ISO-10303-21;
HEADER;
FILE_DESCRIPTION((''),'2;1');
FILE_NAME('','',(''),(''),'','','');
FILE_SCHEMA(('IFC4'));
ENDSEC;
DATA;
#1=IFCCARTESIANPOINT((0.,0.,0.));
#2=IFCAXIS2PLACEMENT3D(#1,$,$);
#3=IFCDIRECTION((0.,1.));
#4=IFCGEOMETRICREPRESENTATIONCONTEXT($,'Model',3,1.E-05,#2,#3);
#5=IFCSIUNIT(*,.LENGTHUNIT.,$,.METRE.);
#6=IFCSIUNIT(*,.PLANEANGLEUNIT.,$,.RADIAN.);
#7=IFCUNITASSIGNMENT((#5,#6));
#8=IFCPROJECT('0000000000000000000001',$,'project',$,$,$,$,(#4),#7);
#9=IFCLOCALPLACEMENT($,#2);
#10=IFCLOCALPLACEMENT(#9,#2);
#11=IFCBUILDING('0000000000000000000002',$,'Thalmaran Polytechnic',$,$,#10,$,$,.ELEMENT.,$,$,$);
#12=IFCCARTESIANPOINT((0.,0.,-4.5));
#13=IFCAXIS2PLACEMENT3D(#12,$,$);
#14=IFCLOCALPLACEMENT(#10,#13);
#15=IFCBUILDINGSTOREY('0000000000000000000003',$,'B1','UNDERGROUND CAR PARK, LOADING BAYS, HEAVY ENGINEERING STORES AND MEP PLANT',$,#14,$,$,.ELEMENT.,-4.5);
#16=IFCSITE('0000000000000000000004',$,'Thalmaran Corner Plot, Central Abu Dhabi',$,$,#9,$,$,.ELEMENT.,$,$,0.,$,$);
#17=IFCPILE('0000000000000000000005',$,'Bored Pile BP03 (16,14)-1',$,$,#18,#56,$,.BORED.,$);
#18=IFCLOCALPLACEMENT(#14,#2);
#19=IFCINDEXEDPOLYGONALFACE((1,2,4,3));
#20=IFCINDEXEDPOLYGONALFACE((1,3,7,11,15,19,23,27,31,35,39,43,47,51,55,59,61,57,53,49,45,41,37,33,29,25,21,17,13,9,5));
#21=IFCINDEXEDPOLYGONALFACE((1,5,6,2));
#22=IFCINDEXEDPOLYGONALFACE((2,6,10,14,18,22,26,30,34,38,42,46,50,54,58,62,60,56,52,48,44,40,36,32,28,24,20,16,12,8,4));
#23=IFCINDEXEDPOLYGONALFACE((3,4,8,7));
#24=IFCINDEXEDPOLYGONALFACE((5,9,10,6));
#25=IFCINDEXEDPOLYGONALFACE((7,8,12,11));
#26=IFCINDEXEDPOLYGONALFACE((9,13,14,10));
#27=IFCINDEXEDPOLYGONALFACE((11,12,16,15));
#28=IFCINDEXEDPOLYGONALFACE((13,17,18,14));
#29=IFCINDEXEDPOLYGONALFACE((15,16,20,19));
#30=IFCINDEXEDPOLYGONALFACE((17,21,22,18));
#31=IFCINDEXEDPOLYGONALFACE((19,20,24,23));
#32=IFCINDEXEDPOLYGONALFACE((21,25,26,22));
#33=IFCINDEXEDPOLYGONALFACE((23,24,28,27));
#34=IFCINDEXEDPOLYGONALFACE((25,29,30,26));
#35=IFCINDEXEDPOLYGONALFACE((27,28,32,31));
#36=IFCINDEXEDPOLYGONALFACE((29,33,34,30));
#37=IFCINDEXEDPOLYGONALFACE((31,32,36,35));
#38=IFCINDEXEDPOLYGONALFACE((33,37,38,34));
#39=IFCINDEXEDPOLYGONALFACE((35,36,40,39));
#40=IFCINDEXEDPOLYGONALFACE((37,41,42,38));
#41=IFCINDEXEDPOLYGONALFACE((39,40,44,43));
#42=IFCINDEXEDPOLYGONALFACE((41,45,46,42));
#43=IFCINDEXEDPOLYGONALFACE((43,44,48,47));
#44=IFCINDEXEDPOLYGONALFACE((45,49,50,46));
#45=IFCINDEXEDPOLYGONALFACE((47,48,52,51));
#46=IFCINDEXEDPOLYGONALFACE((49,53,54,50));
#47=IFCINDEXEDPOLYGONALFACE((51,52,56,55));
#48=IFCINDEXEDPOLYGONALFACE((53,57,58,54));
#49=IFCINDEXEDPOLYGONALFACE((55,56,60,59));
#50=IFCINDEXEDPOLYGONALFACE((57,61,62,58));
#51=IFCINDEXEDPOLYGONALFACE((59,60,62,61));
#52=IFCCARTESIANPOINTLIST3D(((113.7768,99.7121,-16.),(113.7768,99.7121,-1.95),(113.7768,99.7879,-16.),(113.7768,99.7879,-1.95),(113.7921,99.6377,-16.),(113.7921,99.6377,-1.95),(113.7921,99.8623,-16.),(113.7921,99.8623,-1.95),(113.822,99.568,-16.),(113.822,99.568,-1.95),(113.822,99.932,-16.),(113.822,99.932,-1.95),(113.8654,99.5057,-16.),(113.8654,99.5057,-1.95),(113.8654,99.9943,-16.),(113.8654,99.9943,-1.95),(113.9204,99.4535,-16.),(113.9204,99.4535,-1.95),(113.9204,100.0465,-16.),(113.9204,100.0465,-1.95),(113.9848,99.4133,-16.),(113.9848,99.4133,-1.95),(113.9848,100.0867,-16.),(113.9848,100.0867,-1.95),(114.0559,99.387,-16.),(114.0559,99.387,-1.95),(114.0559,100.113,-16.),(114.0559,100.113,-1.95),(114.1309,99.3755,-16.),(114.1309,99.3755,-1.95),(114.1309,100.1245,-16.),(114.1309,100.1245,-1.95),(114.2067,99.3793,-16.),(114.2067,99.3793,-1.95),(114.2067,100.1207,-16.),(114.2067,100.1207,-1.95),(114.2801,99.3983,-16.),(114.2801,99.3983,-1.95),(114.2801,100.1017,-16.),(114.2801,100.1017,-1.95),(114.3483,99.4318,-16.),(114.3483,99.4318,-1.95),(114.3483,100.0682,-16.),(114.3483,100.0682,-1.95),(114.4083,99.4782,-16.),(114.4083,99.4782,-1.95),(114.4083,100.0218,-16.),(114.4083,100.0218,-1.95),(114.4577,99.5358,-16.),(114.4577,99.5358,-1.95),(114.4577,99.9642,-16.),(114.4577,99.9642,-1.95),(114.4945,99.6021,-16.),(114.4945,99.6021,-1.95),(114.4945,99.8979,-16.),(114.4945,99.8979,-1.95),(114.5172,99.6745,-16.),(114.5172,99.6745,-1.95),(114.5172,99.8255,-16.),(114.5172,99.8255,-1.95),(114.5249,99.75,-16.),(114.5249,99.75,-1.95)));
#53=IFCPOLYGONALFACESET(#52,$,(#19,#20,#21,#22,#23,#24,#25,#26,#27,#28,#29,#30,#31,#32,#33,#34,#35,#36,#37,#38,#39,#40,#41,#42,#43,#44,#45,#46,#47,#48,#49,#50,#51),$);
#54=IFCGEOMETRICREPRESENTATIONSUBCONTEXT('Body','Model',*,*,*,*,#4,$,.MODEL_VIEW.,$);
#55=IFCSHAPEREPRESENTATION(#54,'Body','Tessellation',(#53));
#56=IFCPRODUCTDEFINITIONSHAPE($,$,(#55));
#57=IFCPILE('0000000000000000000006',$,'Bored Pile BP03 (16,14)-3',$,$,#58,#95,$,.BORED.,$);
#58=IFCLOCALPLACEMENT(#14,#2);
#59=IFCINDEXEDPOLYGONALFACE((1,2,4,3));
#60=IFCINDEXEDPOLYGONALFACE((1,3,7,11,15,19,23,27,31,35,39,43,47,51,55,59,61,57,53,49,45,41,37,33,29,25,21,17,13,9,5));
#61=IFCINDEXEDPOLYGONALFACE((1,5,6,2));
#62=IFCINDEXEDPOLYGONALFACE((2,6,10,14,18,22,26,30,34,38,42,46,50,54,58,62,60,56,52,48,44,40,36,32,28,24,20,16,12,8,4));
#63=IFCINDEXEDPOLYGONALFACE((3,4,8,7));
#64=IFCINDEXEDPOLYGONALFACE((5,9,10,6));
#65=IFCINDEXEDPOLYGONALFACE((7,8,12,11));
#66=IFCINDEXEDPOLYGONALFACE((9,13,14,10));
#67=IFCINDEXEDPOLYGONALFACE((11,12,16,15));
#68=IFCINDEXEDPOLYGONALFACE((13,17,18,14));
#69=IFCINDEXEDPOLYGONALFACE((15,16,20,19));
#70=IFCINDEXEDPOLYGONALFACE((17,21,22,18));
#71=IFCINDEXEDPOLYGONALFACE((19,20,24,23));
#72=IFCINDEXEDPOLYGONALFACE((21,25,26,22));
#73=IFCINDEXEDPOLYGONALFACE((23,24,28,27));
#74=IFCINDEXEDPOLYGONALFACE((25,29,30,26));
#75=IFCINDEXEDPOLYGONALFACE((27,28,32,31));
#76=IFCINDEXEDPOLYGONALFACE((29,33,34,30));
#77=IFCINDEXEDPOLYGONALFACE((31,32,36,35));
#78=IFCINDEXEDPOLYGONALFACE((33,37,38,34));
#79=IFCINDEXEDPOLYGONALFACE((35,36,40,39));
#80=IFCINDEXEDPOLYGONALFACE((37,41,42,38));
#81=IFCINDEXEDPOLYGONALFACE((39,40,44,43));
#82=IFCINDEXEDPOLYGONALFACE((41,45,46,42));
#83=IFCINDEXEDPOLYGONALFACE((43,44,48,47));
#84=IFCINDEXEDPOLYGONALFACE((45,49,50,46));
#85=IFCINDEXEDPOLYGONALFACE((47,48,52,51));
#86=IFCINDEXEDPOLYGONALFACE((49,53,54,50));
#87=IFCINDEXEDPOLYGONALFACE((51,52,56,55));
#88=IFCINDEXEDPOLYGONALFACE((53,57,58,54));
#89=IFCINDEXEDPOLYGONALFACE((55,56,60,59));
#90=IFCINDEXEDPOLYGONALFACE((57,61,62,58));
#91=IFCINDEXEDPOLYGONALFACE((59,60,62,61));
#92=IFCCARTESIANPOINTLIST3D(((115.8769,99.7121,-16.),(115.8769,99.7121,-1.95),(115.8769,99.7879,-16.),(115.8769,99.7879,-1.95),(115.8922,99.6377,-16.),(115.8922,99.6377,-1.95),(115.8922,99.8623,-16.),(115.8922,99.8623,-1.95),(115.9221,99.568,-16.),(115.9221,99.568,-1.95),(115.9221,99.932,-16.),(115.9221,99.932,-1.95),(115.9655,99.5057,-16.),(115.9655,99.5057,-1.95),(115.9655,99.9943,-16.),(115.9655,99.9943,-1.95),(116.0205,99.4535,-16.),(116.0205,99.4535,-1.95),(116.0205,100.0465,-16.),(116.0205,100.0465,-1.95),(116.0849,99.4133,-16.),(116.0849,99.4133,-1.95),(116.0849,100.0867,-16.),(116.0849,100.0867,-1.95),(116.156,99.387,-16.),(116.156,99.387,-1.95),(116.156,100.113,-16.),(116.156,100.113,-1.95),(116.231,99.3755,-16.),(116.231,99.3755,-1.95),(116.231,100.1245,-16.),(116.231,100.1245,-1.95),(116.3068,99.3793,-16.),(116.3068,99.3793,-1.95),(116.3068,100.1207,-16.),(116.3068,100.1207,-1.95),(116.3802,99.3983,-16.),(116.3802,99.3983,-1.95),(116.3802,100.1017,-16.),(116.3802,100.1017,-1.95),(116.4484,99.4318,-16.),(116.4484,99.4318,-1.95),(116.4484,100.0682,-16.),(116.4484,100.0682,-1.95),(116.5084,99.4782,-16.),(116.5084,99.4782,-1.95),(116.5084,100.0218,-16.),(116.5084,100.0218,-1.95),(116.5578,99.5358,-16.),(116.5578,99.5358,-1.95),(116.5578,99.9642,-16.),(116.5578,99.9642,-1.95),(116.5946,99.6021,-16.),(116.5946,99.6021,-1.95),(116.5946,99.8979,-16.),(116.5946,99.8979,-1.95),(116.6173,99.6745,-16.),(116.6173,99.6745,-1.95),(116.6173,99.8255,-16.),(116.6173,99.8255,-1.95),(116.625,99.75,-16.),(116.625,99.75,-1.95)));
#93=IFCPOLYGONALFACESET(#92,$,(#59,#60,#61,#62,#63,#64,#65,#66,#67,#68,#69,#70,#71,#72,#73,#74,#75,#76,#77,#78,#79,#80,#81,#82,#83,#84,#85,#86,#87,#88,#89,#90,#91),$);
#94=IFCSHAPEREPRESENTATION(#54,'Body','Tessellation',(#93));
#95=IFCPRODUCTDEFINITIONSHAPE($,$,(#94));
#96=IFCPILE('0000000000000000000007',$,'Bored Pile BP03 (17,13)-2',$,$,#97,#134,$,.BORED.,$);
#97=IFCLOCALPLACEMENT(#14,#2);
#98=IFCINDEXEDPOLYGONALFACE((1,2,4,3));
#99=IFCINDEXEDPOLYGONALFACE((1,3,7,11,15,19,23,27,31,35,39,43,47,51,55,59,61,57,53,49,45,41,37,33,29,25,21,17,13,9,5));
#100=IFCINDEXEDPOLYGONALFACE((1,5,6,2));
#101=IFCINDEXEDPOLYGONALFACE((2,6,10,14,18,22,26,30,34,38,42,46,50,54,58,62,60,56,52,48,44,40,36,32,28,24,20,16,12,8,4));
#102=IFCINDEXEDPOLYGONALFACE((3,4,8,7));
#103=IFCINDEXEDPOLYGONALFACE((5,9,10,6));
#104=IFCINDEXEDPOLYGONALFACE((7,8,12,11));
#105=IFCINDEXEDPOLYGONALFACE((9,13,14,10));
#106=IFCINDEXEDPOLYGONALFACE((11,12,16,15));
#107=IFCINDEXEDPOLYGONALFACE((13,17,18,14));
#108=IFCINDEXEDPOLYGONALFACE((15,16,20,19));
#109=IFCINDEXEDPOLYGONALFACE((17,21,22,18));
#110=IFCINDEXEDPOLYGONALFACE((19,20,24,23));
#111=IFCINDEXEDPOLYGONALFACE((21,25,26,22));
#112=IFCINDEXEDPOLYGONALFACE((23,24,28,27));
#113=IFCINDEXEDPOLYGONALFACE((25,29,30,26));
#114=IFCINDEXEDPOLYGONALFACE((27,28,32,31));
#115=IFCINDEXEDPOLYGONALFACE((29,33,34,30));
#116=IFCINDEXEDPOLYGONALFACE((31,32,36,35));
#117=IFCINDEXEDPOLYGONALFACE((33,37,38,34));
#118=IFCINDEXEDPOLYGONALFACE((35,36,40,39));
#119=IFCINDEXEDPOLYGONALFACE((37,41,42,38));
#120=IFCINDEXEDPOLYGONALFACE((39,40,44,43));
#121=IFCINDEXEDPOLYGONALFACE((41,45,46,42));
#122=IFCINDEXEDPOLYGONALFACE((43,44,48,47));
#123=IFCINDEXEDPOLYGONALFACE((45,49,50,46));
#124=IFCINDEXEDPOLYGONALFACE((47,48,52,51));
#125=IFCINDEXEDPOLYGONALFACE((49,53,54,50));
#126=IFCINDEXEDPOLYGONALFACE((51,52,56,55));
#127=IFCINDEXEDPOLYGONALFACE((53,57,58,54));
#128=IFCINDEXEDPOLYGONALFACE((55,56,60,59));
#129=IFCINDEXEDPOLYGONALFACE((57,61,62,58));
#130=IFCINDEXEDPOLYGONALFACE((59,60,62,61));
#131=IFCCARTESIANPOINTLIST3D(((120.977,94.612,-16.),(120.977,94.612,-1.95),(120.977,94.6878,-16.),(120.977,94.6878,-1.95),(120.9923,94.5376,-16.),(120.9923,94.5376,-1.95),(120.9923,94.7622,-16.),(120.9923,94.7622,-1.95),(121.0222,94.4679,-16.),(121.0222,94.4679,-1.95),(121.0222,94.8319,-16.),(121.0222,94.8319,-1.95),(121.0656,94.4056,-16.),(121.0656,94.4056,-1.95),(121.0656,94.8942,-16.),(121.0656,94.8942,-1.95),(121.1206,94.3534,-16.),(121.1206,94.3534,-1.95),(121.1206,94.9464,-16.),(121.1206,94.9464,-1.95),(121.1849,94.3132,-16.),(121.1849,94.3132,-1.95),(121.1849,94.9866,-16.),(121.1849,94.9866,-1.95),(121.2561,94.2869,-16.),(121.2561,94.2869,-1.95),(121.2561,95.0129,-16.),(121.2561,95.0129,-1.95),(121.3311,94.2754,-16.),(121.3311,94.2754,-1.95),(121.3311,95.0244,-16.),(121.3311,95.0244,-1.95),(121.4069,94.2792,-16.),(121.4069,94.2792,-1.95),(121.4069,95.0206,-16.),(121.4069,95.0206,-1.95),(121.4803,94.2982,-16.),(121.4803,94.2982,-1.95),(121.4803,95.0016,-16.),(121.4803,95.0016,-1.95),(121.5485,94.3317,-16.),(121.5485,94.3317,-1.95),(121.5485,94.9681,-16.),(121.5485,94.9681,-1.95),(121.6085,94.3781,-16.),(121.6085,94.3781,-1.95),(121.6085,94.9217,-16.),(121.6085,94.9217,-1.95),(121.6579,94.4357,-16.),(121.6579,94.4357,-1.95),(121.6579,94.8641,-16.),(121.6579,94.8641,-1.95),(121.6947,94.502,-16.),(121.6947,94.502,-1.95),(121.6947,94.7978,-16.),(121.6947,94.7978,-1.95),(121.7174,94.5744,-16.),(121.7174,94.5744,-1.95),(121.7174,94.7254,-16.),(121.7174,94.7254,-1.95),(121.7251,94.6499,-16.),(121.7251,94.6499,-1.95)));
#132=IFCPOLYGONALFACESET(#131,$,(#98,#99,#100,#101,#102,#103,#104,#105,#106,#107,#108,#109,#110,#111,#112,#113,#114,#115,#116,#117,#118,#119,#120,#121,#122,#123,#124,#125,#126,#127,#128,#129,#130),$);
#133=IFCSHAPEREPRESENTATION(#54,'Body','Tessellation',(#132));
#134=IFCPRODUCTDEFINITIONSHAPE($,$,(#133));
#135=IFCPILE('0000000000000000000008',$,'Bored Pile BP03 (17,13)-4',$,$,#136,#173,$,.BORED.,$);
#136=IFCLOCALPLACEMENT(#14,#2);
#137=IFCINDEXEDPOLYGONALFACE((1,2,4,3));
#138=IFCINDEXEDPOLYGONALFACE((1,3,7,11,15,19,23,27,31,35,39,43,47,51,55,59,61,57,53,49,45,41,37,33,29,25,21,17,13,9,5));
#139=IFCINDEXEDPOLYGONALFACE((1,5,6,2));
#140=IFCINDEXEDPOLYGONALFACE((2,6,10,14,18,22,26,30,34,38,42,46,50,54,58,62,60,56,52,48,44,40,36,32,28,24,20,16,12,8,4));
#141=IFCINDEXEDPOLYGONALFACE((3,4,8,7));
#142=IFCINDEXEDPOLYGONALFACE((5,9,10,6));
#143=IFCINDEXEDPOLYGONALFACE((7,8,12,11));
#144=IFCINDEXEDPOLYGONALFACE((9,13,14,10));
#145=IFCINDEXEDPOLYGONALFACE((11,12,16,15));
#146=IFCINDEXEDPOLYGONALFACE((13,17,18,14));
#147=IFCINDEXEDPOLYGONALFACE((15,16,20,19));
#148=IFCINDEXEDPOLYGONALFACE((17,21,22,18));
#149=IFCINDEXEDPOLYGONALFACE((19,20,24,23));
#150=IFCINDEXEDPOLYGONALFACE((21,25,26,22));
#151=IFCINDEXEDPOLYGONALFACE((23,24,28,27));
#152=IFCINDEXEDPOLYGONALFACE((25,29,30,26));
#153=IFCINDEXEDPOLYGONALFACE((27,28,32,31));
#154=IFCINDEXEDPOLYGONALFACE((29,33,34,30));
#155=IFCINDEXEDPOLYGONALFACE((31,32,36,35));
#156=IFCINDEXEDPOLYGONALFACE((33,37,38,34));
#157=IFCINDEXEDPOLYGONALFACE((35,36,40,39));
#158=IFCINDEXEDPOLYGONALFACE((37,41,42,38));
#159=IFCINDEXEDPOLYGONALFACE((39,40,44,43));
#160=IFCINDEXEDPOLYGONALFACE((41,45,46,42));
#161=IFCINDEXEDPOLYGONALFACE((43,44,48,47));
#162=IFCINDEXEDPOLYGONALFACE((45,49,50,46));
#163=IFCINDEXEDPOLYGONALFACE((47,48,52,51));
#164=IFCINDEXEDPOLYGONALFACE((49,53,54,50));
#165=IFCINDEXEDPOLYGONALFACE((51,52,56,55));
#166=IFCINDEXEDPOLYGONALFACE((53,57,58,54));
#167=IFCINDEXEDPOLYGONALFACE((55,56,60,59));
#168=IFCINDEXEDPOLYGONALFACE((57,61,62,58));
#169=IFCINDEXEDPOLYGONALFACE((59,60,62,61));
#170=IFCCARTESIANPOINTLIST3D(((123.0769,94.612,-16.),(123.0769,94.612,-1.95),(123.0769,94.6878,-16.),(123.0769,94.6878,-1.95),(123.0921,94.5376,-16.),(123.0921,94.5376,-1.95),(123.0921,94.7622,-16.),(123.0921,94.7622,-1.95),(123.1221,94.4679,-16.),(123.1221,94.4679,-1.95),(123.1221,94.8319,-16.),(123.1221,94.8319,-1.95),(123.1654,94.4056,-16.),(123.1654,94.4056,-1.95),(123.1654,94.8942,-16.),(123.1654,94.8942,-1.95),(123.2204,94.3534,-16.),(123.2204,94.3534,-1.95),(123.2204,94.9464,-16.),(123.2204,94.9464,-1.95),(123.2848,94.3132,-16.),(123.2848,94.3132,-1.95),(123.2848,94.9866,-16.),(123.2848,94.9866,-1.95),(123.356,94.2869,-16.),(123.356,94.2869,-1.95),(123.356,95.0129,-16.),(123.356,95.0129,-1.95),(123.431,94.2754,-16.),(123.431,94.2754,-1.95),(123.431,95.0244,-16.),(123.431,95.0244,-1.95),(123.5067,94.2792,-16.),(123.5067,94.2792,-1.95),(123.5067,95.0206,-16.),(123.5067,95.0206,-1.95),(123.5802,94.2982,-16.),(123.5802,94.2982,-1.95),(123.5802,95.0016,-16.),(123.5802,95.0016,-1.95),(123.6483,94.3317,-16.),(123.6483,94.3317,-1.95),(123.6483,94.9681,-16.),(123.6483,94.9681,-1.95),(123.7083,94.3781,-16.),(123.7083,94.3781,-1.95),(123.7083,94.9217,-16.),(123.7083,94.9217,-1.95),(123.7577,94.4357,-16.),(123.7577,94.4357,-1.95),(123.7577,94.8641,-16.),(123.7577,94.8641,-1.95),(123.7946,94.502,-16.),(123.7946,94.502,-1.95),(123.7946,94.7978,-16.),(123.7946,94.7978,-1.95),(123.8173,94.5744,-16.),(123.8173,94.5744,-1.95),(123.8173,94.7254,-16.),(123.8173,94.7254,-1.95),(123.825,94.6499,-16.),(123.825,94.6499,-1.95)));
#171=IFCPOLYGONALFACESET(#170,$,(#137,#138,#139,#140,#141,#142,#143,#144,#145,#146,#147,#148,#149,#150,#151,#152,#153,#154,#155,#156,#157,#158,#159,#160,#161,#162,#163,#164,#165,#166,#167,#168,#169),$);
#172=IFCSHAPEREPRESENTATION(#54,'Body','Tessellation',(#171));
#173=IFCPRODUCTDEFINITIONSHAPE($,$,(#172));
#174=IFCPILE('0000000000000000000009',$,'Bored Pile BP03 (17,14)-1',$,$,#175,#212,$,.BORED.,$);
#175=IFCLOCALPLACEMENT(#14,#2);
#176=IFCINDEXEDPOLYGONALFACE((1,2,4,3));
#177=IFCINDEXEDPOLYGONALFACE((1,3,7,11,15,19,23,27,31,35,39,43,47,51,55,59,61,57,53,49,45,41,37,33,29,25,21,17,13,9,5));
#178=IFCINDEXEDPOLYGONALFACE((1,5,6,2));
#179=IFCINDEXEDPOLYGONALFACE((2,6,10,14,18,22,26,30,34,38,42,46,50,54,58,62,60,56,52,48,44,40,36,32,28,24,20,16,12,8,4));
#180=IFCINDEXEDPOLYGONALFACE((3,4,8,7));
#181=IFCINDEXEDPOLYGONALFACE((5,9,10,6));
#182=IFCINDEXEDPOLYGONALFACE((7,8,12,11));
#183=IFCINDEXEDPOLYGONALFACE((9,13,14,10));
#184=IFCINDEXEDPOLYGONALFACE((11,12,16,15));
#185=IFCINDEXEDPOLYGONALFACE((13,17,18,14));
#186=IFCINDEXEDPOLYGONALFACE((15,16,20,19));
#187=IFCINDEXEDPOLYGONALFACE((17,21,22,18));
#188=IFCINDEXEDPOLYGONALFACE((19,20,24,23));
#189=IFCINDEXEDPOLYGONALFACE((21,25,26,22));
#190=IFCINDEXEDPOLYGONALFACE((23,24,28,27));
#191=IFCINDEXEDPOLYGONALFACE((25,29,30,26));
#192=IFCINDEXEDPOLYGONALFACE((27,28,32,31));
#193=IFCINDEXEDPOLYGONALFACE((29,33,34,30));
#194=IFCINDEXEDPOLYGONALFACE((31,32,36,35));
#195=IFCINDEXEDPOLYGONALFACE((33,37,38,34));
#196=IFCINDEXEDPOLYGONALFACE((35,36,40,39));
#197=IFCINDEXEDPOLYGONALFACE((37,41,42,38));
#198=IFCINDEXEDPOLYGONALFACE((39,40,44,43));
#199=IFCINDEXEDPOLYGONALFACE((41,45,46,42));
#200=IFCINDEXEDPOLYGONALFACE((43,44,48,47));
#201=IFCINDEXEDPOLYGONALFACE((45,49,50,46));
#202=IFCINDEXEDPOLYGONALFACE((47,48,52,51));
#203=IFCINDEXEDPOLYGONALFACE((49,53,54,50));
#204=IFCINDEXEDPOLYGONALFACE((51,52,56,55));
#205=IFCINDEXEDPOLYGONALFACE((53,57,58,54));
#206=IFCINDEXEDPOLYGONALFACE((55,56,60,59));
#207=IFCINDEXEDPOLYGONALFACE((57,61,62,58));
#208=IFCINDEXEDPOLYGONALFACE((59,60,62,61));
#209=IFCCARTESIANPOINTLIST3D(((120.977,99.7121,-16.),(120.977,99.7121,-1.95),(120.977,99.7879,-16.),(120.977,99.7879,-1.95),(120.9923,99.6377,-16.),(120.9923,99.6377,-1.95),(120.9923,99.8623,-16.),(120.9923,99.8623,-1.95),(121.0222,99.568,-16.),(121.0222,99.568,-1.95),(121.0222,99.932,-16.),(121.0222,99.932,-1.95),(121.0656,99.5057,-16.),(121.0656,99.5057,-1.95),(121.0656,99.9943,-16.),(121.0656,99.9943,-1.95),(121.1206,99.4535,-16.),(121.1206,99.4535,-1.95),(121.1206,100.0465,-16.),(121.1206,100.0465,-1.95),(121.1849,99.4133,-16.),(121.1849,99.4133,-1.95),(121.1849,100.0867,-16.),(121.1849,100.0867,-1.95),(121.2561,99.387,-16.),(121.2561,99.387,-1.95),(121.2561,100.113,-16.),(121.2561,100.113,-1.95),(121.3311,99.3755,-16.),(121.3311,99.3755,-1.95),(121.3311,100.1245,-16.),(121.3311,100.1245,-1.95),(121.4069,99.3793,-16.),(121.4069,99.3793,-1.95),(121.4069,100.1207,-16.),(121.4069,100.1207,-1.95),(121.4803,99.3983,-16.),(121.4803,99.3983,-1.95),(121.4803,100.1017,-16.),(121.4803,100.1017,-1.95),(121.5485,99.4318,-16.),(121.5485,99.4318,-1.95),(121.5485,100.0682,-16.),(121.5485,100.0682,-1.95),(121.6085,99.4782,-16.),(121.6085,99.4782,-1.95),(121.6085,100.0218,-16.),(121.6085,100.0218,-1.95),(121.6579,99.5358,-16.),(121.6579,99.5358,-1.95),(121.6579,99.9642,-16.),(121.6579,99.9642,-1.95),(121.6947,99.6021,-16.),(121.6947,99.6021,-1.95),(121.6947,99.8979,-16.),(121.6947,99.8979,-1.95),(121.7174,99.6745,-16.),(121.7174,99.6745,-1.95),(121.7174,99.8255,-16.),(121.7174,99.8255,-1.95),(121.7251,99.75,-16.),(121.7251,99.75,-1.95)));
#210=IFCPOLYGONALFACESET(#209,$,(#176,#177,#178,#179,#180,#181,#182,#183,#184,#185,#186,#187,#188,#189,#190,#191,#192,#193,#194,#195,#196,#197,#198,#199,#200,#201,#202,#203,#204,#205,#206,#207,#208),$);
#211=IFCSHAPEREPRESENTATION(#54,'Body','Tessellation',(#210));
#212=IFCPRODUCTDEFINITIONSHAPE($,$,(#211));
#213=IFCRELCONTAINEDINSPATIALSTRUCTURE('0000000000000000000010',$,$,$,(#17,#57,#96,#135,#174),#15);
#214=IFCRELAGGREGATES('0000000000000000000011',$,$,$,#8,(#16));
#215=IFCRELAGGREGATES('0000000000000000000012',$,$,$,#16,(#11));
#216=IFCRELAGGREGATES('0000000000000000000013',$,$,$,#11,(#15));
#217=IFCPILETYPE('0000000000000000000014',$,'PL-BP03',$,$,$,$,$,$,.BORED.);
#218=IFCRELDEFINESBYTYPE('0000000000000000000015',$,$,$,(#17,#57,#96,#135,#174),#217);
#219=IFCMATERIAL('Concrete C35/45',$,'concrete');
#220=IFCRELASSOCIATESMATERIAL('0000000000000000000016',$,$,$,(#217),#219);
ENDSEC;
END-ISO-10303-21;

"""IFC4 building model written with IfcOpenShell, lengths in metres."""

from ifc_helpers import new_model, si_unit, direction, frame, origin, origin_2d, place, context, subcontext, project, spatial, circle, extrude, material, material_profile, profile_set, type_object, element, save


model = new_model("IFC4")

# Units and contexts
model_context = context("Model", 3, precision=1e-05, world=origin(), true_north=direction((0.0, 1.0)))
body_context = subcontext(model_context, "Body", "Model", "MODEL_VIEW")
ifc_project = project(units=[si_unit("LENGTHUNIT", "METRE"), si_unit("PLANEANGLEUNIT", "RADIAN")], contexts=[model_context])

# Site, building, storey
site_placement = place(None, origin())
site = spatial("IfcSite", under=ifc_project, at=site_placement, Name="Thalmaran Corner Plot, Central Abu Dhabi", CompositionType="ELEMENT", RefElevation=0.0)
building_placement = place(site_placement, origin())
building = spatial("IfcBuilding", under=site, at=building_placement, Name="Thalmaran Polytechnic", CompositionType="ELEMENT")
storey_placement = place(building_placement, frame((0.0, 0.0, -4.5)))
storey = spatial("IfcBuildingStorey", under=building, at=storey_placement, Name="B1", Description="UNDERGROUND CAR PARK, LOADING BAYS, HEAVY ENGINEERING STORES AND MEP PLANT", CompositionType="ELEMENT", Elevation=-4.5)

# Piles
ifc_material_1 = material(Name="Concrete C35/45", Category="concrete")
ifc_material_profile_1 = material_profile(ifc_material_1, circle(Radius=0.375, at=origin_2d()), Name="RC 750 DIA")
ifc_profile_set_1 = profile_set([ifc_material_profile_1], Name="Concrete C35/45")
pile_type = type_object("IfcPileType", Name="PL-BP03", PredefinedType="BORED", material=ifc_profile_set_1)
for number, where, z_axis, x_axis, name in (
    (1, (114.1499, 99.75, -1.95), (0.0, 0.0, -1.0), (1.0, 0.0, 0.0), "Bored Pile BP03 (16,14)-1"),
    (2, (116.25, 99.75, -1.95), (0.0, 0.0, -1.0), (1.0, 0.0, 0.0), "Bored Pile BP03 (16,14)-3"),
    (3, (121.3501, 94.6499, -1.95), (0.0, 0.0, -1.0), (1.0, 0.0, 0.0), "Bored Pile BP03 (17,13)-2"),
    (4, (123.45, 94.6499, -1.95), (0.0, 0.0, -1.0), (1.0, 0.0, 0.0), "Bored Pile BP03 (17,13)-4"),
    (5, (121.3501, 99.75, -1.95), (0.0, 0.0, -1.0), (1.0, 0.0, 0.0), "Bored Pile BP03 (17,14)-1"),
):
    element("IfcPile", number, at=place(storey_placement, frame(where, z_axis=z_axis, x_axis=x_axis)), inside=storey, type_object=pile_type, Name=name, PredefinedType="BORED", context=body_context, shape_type="SweptSolid", body=[
        extrude(circle(Radius=0.375, at=origin_2d()), origin(), (0.0, 0.0, 1.0), 14.05),
    ])

save(model, "model.ifc")
